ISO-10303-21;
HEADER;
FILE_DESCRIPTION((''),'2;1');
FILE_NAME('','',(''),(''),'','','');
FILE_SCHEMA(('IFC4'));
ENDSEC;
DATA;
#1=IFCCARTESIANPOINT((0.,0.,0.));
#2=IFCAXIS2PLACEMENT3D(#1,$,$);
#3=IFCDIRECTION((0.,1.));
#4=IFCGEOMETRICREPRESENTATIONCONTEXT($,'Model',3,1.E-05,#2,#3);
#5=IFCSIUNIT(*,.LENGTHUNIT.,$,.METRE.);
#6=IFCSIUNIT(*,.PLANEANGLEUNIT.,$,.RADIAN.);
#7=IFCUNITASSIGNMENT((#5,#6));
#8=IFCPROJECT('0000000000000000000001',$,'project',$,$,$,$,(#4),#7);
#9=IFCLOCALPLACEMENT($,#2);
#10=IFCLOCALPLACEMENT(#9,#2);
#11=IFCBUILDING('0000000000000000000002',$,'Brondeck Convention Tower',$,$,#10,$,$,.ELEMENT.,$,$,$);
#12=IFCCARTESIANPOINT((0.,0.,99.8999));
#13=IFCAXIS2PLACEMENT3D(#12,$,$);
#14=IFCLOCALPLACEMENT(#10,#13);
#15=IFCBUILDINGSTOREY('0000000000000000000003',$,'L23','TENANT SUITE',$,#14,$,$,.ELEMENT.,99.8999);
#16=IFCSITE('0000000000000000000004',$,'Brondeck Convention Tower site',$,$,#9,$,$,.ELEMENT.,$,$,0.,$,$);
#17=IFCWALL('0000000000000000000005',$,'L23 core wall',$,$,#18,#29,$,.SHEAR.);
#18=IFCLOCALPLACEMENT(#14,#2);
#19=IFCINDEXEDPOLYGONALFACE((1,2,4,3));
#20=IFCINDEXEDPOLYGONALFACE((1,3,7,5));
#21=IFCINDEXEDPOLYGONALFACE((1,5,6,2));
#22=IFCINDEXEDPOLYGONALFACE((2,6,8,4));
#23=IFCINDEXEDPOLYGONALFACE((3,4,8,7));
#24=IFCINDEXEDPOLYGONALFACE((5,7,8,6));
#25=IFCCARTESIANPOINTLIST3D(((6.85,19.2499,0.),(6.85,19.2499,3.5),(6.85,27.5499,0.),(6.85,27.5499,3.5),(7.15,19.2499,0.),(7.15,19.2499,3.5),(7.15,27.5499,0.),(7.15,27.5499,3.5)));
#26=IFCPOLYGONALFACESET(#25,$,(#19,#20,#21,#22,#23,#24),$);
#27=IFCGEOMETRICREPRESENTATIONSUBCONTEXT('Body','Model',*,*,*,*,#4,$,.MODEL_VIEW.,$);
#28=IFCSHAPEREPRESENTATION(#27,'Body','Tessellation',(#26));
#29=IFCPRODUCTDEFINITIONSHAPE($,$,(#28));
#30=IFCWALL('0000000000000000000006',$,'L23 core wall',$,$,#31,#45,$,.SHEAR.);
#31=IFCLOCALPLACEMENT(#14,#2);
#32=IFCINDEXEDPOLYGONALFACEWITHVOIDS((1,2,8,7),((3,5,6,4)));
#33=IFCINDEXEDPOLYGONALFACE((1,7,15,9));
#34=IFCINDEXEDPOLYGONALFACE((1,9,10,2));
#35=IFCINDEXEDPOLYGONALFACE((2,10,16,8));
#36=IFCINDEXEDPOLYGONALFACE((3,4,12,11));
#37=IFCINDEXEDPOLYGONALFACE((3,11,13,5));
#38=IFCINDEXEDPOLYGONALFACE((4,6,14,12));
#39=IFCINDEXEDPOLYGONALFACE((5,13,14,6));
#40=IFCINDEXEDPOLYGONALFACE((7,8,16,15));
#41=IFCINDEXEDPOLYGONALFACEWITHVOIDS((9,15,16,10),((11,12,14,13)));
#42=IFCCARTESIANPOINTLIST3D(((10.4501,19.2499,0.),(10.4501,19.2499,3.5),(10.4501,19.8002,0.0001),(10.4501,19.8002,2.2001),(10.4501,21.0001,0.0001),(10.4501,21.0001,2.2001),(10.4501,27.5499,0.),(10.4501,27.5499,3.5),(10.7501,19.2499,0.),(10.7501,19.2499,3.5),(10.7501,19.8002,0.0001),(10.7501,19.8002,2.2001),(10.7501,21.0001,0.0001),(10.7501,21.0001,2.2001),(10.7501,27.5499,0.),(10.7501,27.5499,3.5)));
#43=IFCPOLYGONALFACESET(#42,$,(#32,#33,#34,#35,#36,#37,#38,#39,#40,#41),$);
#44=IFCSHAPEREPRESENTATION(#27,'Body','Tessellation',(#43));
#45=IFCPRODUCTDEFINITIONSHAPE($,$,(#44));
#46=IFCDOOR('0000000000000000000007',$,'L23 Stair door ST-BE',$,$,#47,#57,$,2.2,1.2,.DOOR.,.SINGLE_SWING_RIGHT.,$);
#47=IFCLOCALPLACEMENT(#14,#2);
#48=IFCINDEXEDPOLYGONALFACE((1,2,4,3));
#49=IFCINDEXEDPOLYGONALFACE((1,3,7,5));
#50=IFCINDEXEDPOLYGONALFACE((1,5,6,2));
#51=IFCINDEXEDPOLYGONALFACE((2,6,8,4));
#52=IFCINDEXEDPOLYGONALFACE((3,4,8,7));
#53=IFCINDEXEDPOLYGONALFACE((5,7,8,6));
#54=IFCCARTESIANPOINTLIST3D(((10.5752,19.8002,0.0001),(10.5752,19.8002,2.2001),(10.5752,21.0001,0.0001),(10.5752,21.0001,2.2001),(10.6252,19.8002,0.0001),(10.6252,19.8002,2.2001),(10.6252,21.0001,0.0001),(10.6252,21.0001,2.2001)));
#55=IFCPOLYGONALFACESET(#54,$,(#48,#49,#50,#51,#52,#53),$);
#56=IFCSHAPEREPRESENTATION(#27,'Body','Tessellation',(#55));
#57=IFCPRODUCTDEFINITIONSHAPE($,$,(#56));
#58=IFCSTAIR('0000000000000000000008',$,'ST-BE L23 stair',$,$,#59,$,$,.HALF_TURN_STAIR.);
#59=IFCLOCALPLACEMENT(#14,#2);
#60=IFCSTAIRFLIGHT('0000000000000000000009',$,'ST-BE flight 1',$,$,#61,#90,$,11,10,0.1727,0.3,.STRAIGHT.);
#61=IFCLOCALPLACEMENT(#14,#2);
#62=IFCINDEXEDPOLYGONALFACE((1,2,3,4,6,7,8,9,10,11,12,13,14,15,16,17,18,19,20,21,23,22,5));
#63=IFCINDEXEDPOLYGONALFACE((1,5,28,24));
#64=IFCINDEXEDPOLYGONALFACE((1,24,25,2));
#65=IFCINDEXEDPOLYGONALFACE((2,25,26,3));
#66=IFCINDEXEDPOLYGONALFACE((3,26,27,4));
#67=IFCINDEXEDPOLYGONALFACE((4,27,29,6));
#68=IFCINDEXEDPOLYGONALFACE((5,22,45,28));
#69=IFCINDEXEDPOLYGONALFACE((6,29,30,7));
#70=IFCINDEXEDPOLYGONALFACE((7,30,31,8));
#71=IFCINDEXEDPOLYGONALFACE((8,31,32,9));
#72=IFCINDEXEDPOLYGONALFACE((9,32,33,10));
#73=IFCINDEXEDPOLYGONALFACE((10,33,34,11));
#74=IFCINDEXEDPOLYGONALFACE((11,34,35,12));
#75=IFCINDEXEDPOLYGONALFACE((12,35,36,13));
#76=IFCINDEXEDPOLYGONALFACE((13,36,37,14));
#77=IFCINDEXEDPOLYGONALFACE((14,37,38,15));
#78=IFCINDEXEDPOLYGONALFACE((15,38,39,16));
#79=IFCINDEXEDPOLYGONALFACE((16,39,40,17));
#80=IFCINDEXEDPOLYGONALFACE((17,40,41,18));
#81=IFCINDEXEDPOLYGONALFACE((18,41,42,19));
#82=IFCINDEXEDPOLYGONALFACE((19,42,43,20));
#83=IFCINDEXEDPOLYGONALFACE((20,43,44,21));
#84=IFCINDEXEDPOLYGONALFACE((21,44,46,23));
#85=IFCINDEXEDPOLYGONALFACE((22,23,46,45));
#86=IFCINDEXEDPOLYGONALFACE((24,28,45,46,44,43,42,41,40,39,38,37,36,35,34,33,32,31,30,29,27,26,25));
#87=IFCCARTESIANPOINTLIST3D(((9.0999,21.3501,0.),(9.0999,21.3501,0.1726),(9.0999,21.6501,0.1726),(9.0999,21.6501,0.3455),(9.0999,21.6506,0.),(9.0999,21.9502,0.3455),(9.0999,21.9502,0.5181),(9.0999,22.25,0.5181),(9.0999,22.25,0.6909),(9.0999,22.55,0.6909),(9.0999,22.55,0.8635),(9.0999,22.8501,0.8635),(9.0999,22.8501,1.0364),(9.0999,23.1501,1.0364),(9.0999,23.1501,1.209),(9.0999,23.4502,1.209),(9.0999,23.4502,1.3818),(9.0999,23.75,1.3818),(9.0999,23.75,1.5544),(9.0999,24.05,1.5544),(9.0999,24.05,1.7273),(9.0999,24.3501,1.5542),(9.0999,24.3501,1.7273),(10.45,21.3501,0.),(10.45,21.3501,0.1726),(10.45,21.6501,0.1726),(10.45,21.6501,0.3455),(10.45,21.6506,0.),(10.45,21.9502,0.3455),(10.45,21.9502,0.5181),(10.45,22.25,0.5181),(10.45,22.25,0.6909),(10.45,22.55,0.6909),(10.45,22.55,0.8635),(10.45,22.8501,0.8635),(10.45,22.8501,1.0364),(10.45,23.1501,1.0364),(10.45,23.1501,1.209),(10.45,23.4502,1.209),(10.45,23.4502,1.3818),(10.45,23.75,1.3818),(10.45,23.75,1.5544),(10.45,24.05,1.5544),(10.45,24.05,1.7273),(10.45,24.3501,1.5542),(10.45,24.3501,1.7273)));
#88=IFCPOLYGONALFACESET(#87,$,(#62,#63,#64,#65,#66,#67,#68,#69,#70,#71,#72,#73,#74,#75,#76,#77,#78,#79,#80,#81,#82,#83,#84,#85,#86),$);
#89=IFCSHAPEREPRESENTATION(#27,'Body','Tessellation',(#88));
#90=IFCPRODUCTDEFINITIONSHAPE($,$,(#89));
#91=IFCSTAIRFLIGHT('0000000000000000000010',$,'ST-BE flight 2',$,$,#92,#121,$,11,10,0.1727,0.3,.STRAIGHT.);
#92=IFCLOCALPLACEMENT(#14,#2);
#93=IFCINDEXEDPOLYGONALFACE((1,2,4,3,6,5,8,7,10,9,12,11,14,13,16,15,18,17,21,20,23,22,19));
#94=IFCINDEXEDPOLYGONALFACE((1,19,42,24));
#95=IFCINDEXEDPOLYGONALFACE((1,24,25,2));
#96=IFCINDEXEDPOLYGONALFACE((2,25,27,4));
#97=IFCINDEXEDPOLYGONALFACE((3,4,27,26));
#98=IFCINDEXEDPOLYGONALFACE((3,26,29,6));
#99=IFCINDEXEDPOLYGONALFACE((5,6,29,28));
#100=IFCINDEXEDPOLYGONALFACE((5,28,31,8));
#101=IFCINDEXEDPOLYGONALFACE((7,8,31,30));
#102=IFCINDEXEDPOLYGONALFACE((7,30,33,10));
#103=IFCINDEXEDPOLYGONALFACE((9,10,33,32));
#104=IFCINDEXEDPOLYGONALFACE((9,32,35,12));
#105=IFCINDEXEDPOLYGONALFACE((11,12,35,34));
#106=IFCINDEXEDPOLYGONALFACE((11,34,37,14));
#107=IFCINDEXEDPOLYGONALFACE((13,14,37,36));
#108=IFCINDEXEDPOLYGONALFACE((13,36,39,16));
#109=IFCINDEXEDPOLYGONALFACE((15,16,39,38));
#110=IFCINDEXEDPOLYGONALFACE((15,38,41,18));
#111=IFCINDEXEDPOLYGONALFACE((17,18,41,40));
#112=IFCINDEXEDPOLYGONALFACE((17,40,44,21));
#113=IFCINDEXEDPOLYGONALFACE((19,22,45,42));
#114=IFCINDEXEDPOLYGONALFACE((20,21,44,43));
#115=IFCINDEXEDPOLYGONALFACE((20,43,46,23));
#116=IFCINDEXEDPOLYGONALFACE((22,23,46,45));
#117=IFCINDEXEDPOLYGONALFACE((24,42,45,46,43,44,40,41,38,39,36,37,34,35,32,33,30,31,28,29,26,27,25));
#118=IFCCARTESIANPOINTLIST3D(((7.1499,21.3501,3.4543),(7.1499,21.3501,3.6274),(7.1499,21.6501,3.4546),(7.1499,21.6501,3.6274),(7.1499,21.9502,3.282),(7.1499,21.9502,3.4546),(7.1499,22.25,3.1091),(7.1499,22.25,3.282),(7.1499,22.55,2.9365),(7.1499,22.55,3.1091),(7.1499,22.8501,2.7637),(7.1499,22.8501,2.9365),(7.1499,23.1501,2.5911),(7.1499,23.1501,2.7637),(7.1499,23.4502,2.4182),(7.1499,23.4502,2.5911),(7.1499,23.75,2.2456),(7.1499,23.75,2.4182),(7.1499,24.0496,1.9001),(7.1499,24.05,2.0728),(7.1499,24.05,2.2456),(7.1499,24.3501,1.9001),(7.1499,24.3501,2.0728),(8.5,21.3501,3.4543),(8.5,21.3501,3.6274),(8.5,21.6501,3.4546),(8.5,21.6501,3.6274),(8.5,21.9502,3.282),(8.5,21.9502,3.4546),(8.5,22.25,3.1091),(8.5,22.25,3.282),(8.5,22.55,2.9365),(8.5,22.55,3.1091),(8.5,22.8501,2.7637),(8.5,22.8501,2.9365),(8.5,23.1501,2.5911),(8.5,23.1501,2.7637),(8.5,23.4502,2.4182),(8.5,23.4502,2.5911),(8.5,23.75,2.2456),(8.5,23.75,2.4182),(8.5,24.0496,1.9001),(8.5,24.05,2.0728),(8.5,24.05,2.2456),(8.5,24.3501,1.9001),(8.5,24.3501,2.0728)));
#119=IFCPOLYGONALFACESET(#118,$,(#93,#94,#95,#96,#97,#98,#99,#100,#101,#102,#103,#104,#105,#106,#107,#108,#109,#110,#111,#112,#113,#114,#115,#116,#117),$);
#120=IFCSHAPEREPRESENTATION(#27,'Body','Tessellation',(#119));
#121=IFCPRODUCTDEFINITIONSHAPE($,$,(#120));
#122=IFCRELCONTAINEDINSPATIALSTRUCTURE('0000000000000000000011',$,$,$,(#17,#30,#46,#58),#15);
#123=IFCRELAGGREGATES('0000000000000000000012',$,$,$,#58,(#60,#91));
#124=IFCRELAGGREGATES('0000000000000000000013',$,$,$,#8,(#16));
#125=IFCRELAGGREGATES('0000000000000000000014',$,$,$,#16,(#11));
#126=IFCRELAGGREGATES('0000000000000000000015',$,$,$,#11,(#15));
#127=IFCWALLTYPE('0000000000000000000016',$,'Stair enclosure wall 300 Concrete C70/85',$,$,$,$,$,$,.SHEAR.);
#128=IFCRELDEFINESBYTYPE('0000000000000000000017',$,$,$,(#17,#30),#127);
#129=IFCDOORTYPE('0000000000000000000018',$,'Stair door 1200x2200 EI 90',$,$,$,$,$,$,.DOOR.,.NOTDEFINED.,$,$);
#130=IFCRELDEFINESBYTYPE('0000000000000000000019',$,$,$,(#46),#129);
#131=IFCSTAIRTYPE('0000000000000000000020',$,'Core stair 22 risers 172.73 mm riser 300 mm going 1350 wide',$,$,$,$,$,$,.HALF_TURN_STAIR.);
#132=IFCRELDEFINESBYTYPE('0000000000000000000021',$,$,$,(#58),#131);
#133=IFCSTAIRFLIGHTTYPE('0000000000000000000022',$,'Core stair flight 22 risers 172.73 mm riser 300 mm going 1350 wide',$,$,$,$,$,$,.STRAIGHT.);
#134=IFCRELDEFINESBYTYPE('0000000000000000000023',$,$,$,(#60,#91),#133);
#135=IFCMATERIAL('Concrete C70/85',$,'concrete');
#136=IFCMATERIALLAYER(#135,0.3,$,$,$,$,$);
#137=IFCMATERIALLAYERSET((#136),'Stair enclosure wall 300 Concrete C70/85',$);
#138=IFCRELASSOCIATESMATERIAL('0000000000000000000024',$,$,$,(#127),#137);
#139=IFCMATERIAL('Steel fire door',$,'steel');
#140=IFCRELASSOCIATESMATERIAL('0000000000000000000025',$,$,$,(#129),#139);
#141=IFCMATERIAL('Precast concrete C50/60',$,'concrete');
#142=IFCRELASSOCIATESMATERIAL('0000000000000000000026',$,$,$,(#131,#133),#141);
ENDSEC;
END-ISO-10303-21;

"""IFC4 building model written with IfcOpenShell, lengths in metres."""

from ifc_helpers import new_model, si_unit, direction, frame, frame_2d, origin, place, context, subcontext, project, spatial, polyline, rectangle, outline, extrude, material, layer, layer_set, type_object, element, fill, aggregate, save


model = new_model("IFC4")

# Units and contexts
model_context = context("Model", 3, precision=1e-05, world=origin(), true_north=direction((0.0, 1.0)))
body_context = subcontext(model_context, "Body", "Model", "MODEL_VIEW")
ifc_project = project(units=[si_unit("LENGTHUNIT", "METRE"), si_unit("PLANEANGLEUNIT", "RADIAN")], contexts=[model_context])

# Site, building, storey
site_placement = place(None, origin())
site = spatial("IfcSite", under=ifc_project, at=site_placement, Name="Brondeck Convention Tower site", CompositionType="ELEMENT", RefElevation=0.0)
building_placement = place(site_placement, origin())
building = spatial("IfcBuilding", under=site, at=building_placement, Name="Brondeck Convention Tower", CompositionType="ELEMENT")
storey_placement = place(building_placement, frame((0.0, 0.0, 99.8999)))
storey = spatial("IfcBuildingStorey", under=building, at=storey_placement, Name="L23", Description="TENANT SUITE", CompositionType="ELEMENT", Elevation=99.8999)

# Shared definitions
ifc_material_1 = material(Name="Concrete C70/85", Category="concrete")

# Wall
ifc_layer_1 = layer(ifc_material_1, 0.3)
ifc_layer_set_1 = layer_set([ifc_layer_1], Name="Stair enclosure wall 300 Concrete C70/85")
wall_type_1 = type_object("IfcWallType", Name="Stair enclosure wall 300 Concrete C70/85", PredefinedType="SHEAR", material=ifc_layer_set_1)
wall_1_placement = place(storey_placement, frame((7.0, 19.25, 0.0), z_axis=(0.0, 0.0, 1.0), x_axis=(0.0, 1.0, 0.0)))
element("IfcWall", 1, at=wall_1_placement, inside=storey, type_object=wall_type_1, Name="L23 core wall", PredefinedType="SHEAR", context=body_context, shape_type="SweptSolid", body=[
    extrude(rectangle(XDim=8.3, YDim=0.3, at=frame_2d((4.1499, 0.0))), origin(), (0.0, 0.0, 1.0), 3.5),
])

# Wall, opening, door
wall_2_placement = place(storey_placement, frame((10.6001, 19.25, 0.0), z_axis=(0.0, 0.0, 1.0), x_axis=(0.0, 1.0, 0.0)))
wall_2 = element("IfcWall", 2, at=wall_2_placement, inside=storey, type_object=wall_type_1, Name="L23 core wall", PredefinedType="SHEAR", context=body_context, shape_type="SweptSolid", body=[
    extrude(rectangle(XDim=8.3, YDim=0.3, at=frame_2d((4.1499, 0.0))), origin(), (0.0, 0.0, 1.0), 3.5),
])
opening_1_placement = place(wall_2_placement, frame((0.55, 0.0, 0.0)))
opening_1 = element("IfcOpeningElement", 3, at=opening_1_placement, cuts=wall_2, PredefinedType="OPENING", context=body_context, shape_type="SweptSolid", body=[
    extrude(rectangle(XDim=1.2, YDim=2.2, at=frame_2d((0.6001, 1.1001))), frame((0.0, 0.1599, 0.0), z_axis=(0.0, -1.0, 0.0), x_axis=(1.0, 0.0, 0.0)), (0.0, 0.0, 1.0), 0.3201),
])
ifc_material_2 = material(Name="Steel fire door", Category="steel")
door_type = type_object("IfcDoorType", Name="Stair door 1200x2200 EI 90", OperationType="NOTDEFINED", PredefinedType="DOOR", material=ifc_material_2)
door_placement = place(opening_1_placement, origin())
door = element("IfcDoor", 4, at=door_placement, inside=storey, type_object=door_type, Name="L23 Stair door ST-BE", OperationType="SINGLE_SWING_RIGHT", OverallHeight=2.2, OverallWidth=1.2, PredefinedType="DOOR", context=body_context, shape_type="SweptSolid", body=[
    extrude(rectangle(XDim=1.2, YDim=2.2, at=frame_2d((0.6001, 1.1001))), frame((0.0, 0.0249, 0.0), z_axis=(0.0, -1.0, 0.0), x_axis=(1.0, 0.0, 0.0)), (0.0, 0.0, 1.0), 0.05),
])
fill(opening_1, door)

# Stair, stair flights
ifc_material_3 = material(Name="Precast concrete C50/60", Category="concrete")
stair_type = type_object("IfcStairType", Name="Core stair 22 risers 172.73 mm riser 300 mm going 1350 wide", PredefinedType="HALF_TURN_STAIR", material=ifc_material_3)
stair_placement = place(storey_placement, origin())
stair = element("IfcStair", 5, at=stair_placement, inside=storey, type_object=stair_type, Name="ST-BE L23 stair", PredefinedType="HALF_TURN_STAIR")
stair_flight_type = type_object("IfcStairFlightType", Name="Core stair flight 22 risers 172.73 mm riser 300 mm going 1350 wide", PredefinedType="STRAIGHT", material=ifc_material_3)
stair_flight_1_placement = place(storey_placement, frame((9.7749, 21.3501, 0.0), z_axis=(0.0, 0.0, 1.0), x_axis=(0.0, 1.0, 0.0)))
stair_flight_1 = element("IfcStairFlight", 6, at=stair_flight_1_placement, type_object=stair_flight_type, Name="ST-BE flight 1", NumberOfRisers=11, NumberOfTreads=10, PredefinedType="STRAIGHT", RiserHeight=0.1727, TreadLength=0.3, context=body_context, shape_type="SweptSolid", body=[
    extrude(outline(polyline([(0.0, 0.0), (0.0, 0.1726), (0.3, 0.1726), (0.3, 0.3455), (0.6001, 0.3455), (0.6001, 0.5181), (0.8999, 0.5181), (0.8999, 0.6909), (1.2, 0.6909), (1.2, 0.8635), (1.5, 0.8635), (1.5, 1.0364), (1.8, 1.0364), (1.8, 1.209), (2.1001, 1.209), (2.1001, 1.3818), (2.3999, 1.3818), (2.3999, 1.5544), (2.7, 1.5544), (2.7, 1.7273), (3.0, 1.7273), (3.0, 1.8999), (3.0, 1.5542), (0.3005, 0.0), (0.0, 0.0)])), frame((0.0, 0.675, 0.0), z_axis=(0.0, -1.0, 0.0), x_axis=(1.0, 0.0, 0.0)), (0.0, 0.0, 1.0), 1.3501),
])
stair_flight_2_placement = place(storey_placement, frame((7.825, 24.3501, 1.9001), z_axis=(0.0, 0.0, 1.0), x_axis=(0.0, -1.0, 0.0)))
stair_flight_2 = element("IfcStairFlight", 7, at=stair_flight_2_placement, type_object=stair_flight_type, Name="ST-BE flight 2", NumberOfRisers=11, NumberOfTreads=10, PredefinedType="STRAIGHT", RiserHeight=0.1727, TreadLength=0.3, context=body_context, shape_type="SweptSolid", body=[
    extrude(outline(polyline([(0.0, 0.0), (0.0, 0.1726), (0.3, 0.1726), (0.3, 0.3455), (0.6001, 0.3455), (0.6001, 0.5181), (0.8999, 0.5181), (0.8999, 0.6909), (1.2, 0.6909), (1.2, 0.8635), (1.5, 0.8635), (1.5, 1.0364), (1.8, 1.0364), (1.8, 1.209), (2.1001, 1.209), (2.1001, 1.3818), (2.3999, 1.3818), (2.3999, 1.5544), (2.7, 1.5544), (2.7, 1.7273), (3.0, 1.7273), (3.0, 1.8999), (3.0, 1.5542), (0.3005, 0.0), (0.0, 0.0)])), frame((0.0, 0.675, 0.0), z_axis=(0.0, -1.0, 0.0), x_axis=(1.0, 0.0, 0.0)), (0.0, 0.0, 1.0), 1.3501),
])
aggregate(stair, [stair_flight_1, stair_flight_2])

save(model, "model.ifc")
